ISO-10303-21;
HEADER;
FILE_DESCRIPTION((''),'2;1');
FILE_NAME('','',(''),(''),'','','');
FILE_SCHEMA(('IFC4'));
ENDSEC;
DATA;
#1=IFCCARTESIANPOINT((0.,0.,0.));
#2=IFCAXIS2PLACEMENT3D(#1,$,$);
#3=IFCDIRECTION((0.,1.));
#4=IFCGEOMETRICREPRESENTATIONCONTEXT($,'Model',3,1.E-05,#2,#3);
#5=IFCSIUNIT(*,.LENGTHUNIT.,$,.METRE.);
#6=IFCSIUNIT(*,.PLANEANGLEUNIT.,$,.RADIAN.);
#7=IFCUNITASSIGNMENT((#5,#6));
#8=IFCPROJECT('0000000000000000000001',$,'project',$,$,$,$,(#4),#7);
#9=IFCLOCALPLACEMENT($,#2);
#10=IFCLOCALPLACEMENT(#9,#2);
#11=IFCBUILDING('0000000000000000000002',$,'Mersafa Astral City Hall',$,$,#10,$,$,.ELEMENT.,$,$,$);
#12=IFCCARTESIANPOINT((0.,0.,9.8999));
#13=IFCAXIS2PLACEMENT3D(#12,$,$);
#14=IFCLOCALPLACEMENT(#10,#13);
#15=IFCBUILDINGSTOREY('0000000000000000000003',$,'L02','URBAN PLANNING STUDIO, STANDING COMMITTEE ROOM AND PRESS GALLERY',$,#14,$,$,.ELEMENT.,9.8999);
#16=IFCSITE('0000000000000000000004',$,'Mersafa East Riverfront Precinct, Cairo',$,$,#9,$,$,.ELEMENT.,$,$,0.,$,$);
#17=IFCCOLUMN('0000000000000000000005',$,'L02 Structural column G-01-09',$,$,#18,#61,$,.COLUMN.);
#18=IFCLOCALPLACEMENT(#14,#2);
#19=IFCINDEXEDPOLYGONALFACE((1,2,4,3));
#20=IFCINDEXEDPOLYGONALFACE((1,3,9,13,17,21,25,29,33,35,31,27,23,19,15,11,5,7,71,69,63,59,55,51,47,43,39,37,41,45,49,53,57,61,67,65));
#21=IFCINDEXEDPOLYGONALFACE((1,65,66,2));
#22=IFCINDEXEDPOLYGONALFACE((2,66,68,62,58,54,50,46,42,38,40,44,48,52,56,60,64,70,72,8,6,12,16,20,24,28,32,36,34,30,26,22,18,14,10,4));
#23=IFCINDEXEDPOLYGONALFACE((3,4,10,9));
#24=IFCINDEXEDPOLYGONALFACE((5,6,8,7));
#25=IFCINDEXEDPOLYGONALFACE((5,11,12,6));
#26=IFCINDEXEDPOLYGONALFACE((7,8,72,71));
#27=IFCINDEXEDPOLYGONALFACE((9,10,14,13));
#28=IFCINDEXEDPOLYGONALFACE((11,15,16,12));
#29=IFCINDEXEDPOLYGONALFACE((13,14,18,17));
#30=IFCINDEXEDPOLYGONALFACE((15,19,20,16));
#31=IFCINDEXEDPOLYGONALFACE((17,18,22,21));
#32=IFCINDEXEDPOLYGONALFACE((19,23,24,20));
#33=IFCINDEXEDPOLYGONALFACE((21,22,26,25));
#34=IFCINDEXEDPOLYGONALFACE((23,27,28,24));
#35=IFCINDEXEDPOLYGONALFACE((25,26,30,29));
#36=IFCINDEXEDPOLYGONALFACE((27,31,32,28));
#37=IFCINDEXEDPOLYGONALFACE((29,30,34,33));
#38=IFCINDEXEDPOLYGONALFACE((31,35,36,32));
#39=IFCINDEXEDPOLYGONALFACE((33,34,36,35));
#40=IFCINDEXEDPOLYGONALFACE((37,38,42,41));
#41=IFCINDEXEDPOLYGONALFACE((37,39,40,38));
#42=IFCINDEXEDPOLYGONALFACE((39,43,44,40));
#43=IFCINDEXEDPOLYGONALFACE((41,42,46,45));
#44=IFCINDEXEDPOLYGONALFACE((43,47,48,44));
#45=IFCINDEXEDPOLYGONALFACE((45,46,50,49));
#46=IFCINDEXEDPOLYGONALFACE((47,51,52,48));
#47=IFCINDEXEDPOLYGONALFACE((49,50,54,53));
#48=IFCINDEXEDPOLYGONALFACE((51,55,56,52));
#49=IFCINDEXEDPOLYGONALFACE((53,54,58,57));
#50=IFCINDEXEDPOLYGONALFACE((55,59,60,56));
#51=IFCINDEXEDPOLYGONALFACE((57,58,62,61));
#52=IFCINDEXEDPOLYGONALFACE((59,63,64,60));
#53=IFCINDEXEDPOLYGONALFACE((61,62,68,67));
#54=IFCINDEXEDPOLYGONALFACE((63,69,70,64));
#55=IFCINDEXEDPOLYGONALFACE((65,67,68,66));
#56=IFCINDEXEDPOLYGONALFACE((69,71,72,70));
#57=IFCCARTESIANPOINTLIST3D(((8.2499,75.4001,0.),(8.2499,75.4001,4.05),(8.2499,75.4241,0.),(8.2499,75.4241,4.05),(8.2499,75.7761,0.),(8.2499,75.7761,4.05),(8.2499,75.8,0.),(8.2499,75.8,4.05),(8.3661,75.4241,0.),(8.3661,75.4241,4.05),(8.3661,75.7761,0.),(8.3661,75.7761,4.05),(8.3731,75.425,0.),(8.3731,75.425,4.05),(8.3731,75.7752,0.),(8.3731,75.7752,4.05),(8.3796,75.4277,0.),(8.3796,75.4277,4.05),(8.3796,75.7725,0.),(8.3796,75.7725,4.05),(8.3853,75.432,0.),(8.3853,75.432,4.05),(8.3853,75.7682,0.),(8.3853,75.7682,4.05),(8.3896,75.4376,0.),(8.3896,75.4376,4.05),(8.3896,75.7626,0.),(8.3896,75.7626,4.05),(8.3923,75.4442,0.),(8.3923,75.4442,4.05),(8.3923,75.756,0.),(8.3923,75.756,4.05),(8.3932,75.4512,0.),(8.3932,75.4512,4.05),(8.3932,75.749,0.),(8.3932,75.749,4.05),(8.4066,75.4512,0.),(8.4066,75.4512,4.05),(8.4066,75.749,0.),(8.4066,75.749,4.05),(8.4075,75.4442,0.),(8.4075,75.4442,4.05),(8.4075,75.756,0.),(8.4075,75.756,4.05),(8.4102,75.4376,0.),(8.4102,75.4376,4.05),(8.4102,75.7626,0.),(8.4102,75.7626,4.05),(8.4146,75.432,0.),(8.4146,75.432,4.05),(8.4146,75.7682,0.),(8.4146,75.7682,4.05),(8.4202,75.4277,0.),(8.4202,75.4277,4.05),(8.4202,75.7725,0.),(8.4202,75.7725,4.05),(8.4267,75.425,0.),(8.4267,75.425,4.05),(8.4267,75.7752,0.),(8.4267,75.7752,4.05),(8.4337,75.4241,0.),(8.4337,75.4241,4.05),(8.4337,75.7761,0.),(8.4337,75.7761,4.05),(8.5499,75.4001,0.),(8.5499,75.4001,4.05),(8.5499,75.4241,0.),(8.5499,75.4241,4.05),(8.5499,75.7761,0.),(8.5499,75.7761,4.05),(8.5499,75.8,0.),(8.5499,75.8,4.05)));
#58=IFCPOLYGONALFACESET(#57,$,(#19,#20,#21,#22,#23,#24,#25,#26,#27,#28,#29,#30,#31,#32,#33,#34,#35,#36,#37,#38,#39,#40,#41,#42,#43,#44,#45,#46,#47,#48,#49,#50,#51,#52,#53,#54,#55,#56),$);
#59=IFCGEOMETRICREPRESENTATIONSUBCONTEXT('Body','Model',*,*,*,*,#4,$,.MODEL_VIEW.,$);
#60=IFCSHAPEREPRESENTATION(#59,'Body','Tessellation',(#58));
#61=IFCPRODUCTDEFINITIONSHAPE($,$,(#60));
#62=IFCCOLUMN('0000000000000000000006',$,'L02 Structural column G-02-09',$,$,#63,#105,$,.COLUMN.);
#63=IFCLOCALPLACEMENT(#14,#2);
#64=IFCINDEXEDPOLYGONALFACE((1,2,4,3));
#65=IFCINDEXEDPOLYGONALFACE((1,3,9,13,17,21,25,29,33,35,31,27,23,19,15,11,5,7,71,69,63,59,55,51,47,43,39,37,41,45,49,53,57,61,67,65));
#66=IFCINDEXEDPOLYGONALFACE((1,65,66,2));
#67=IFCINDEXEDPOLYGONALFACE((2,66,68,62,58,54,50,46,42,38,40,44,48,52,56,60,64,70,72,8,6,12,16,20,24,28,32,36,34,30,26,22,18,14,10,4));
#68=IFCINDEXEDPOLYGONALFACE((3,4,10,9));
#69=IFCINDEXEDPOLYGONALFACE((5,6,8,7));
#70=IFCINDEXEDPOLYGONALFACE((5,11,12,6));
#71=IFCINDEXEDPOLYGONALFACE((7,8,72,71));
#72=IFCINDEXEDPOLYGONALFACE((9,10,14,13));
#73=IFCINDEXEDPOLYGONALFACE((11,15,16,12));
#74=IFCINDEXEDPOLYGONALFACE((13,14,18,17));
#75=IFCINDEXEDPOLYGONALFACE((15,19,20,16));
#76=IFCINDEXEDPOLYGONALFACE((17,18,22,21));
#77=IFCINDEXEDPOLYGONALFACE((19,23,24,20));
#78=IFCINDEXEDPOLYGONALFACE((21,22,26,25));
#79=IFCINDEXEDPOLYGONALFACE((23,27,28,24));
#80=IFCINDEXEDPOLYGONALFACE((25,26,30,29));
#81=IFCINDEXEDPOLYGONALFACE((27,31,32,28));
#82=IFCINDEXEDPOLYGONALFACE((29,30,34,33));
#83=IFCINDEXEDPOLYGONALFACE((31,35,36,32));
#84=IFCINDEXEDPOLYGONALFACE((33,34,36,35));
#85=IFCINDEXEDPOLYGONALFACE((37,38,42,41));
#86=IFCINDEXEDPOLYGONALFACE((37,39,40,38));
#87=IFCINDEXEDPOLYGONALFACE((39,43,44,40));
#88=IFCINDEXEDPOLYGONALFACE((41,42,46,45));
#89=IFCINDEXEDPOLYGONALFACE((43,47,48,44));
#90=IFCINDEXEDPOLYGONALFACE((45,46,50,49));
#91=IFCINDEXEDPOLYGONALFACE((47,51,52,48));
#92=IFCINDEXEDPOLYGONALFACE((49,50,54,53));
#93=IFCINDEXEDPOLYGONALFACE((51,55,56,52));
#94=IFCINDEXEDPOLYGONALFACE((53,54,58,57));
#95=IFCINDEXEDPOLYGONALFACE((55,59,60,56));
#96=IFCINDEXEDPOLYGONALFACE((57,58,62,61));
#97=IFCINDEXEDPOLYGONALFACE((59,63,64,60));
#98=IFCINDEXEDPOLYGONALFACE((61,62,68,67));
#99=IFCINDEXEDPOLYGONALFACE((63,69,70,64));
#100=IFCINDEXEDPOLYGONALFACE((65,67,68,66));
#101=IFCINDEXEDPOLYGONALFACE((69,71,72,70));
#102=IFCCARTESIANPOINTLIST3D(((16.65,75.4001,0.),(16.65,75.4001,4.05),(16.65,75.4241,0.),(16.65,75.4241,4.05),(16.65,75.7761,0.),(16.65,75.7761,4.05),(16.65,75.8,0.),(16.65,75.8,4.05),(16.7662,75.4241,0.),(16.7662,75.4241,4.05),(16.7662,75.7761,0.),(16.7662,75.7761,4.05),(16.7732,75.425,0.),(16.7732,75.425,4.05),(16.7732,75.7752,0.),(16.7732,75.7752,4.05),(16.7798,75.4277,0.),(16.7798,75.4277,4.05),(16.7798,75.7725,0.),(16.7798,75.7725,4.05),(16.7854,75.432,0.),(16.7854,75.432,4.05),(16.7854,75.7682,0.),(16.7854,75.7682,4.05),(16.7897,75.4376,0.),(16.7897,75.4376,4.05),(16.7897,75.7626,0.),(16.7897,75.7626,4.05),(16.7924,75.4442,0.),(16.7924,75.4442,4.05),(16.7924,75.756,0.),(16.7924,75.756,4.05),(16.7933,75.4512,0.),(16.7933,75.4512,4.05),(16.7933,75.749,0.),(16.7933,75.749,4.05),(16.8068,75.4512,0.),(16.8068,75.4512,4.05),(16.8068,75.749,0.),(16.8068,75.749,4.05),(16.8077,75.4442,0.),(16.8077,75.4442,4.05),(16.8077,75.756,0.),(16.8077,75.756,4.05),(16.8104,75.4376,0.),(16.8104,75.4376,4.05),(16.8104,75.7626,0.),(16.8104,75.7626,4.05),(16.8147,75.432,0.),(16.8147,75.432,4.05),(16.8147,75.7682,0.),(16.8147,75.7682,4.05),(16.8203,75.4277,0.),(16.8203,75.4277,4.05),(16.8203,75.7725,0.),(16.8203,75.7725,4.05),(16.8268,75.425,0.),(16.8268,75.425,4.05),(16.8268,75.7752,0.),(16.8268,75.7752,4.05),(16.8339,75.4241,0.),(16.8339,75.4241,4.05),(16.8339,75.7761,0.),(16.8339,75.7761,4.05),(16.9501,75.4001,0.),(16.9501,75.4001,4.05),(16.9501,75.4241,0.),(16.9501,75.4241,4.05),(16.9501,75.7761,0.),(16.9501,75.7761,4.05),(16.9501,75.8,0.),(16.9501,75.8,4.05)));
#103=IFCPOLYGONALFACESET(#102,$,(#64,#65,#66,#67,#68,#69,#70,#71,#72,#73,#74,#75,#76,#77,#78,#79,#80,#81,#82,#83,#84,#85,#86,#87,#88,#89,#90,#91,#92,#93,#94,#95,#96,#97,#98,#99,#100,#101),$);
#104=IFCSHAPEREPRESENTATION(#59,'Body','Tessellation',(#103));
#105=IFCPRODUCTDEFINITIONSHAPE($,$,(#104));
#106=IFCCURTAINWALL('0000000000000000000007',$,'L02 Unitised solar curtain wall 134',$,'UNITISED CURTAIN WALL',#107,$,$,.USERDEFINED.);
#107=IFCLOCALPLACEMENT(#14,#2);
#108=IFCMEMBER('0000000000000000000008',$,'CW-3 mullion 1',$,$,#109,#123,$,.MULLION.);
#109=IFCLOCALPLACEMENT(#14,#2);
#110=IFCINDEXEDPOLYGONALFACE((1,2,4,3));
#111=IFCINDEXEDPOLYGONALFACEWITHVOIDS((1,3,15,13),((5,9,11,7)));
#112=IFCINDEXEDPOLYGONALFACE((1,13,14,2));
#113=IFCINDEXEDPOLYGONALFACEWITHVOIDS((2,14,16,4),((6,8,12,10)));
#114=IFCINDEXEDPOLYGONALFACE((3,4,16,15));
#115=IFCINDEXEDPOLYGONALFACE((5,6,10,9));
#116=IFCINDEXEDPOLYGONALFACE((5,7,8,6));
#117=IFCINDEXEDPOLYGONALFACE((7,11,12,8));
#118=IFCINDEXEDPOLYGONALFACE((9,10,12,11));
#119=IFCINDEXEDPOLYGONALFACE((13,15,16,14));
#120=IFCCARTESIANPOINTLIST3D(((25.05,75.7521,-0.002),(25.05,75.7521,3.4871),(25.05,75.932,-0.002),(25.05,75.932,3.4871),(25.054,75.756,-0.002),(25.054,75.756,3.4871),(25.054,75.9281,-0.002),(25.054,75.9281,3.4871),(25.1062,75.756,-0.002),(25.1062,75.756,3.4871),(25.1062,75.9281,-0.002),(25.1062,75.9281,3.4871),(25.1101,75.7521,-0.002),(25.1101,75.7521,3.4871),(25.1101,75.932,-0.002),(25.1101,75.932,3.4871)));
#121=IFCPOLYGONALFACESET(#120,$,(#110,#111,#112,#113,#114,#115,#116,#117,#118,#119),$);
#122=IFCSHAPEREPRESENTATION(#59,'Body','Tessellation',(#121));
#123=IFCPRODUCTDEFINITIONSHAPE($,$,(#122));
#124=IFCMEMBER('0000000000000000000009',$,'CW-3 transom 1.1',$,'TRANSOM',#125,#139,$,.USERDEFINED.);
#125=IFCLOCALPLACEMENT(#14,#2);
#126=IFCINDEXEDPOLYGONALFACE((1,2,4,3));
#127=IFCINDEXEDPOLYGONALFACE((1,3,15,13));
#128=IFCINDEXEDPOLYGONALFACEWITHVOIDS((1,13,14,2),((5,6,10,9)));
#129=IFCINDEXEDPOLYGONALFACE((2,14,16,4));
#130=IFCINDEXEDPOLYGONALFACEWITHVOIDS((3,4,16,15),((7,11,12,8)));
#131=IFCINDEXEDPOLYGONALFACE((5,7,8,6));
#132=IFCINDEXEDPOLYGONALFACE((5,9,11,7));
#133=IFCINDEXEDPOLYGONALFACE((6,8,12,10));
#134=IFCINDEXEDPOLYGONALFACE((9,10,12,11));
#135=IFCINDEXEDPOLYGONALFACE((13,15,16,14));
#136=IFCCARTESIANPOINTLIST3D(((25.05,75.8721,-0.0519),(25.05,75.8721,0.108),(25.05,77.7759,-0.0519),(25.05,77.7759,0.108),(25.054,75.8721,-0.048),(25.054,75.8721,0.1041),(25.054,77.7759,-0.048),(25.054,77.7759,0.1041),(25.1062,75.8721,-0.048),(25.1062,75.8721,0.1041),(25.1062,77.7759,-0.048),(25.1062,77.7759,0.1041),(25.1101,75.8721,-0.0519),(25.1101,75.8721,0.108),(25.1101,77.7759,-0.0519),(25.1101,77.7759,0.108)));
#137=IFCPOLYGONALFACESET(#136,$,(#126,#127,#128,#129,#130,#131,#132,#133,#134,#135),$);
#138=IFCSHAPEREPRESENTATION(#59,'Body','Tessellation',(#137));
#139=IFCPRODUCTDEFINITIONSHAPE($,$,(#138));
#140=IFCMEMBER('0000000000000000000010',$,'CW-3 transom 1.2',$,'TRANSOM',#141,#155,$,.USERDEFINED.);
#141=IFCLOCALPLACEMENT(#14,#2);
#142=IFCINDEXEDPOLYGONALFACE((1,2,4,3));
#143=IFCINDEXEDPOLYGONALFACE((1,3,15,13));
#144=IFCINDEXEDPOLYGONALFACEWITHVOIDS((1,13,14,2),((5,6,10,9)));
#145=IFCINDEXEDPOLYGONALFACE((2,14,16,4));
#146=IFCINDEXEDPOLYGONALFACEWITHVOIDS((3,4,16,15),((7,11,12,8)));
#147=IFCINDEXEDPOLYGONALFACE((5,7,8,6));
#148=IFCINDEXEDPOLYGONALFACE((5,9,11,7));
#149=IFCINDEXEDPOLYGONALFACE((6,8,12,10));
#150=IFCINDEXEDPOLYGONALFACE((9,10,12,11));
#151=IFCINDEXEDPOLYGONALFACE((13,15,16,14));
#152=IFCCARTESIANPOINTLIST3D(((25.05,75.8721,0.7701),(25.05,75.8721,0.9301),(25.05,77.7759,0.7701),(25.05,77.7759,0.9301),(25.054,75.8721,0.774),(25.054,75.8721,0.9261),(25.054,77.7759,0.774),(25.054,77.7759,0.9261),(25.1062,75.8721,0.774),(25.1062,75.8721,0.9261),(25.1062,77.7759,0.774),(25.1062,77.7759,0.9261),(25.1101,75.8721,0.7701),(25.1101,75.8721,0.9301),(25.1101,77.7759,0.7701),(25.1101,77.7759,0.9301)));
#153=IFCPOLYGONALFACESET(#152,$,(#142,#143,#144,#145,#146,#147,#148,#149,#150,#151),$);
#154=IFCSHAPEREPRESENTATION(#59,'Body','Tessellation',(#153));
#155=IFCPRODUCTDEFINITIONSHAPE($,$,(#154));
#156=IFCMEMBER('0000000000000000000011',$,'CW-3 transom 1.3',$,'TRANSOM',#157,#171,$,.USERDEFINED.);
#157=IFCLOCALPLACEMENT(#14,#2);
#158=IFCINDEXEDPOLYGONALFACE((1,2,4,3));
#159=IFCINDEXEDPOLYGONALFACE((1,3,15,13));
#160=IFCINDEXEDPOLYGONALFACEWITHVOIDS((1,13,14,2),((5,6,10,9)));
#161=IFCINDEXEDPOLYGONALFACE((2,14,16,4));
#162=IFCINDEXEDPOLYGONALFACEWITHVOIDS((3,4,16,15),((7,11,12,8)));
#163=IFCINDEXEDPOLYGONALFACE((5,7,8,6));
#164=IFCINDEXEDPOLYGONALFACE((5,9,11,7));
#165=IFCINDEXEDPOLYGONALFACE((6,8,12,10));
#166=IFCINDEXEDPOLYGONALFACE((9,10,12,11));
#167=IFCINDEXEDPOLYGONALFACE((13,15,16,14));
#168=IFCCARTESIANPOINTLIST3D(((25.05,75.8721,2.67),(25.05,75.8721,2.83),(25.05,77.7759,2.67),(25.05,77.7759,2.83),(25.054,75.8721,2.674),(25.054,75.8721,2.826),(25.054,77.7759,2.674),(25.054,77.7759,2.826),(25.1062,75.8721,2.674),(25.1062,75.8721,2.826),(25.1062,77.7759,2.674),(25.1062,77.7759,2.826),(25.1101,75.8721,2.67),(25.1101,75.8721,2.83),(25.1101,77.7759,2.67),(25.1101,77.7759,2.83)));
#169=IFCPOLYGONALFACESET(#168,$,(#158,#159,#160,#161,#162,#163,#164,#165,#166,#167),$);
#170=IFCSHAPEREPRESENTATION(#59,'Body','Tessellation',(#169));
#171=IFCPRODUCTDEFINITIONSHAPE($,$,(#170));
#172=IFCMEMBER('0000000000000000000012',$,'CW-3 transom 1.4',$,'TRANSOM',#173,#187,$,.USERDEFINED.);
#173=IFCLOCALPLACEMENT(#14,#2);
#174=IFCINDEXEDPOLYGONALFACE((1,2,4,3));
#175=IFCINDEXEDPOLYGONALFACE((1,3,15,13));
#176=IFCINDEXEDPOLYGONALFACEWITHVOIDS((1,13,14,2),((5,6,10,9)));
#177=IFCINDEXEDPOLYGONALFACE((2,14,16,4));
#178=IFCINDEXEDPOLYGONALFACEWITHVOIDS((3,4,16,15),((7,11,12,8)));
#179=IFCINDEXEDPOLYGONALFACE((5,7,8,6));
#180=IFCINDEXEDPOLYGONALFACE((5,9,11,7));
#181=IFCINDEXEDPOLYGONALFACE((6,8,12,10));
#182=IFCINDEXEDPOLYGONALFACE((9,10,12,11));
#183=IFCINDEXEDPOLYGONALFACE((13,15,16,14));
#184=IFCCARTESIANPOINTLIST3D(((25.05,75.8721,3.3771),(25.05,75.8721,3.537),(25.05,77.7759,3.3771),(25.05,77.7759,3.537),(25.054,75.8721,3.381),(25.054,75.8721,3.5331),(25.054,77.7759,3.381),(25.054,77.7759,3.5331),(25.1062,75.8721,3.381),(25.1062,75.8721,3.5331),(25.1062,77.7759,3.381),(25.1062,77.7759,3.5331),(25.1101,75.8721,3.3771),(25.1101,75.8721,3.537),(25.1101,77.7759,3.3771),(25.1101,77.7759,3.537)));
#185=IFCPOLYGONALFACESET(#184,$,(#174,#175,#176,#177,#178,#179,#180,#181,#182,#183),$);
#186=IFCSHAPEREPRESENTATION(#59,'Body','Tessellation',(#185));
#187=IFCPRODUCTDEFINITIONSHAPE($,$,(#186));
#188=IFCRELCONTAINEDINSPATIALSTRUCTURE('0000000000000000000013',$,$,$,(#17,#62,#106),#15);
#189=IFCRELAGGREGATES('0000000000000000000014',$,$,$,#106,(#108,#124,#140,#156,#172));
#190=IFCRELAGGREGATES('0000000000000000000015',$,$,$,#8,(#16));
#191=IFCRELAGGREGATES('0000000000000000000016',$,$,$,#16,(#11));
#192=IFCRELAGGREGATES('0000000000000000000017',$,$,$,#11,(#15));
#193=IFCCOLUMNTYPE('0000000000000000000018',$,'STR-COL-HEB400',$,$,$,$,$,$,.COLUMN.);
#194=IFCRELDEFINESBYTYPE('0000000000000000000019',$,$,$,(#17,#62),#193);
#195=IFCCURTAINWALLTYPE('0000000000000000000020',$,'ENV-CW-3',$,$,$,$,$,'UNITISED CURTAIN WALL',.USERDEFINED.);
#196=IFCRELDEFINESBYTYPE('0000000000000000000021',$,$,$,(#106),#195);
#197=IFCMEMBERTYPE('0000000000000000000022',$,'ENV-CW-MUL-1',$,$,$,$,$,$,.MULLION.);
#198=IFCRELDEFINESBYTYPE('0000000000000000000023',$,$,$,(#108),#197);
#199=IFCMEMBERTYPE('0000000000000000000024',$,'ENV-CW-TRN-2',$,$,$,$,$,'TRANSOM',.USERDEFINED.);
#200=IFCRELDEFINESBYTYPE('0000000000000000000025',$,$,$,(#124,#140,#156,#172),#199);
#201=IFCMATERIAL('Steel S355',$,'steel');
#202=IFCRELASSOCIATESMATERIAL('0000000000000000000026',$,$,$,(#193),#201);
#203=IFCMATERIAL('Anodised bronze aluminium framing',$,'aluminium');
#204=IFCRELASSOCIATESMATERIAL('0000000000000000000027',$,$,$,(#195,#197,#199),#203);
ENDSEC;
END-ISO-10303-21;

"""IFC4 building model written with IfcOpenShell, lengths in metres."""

from ifc_helpers import new_model, si_unit, direction, frame, origin, origin_2d, place, context, subcontext, project, spatial, hollow_rectangle, i_section, extrude, material, material_profile, profile_set, type_object, element, aggregate, save


model = new_model("IFC4")

# Units and contexts
model_context = context("Model", 3, precision=1e-05, world=origin(), true_north=direction((0.0, 1.0)))
body_context = subcontext(model_context, "Body", "Model", "MODEL_VIEW")
ifc_project = project(units=[si_unit("LENGTHUNIT", "METRE"), si_unit("PLANEANGLEUNIT", "RADIAN")], contexts=[model_context])

# Site, building, storey
site_placement = place(None, origin())
site = spatial("IfcSite", under=ifc_project, at=site_placement, Name="Mersafa East Riverfront Precinct, Cairo", CompositionType="ELEMENT", RefElevation=0.0)
building_placement = place(site_placement, origin())
building = spatial("IfcBuilding", under=site, at=building_placement, Name="Mersafa Astral City Hall", CompositionType="ELEMENT")
storey_placement = place(building_placement, frame((0.0, 0.0, 9.8999)))
storey = spatial("IfcBuildingStorey", under=building, at=storey_placement, Name="L02", Description="URBAN PLANNING STUDIO, STANDING COMMITTEE ROOM AND PRESS GALLERY", CompositionType="ELEMENT", Elevation=9.8999)

# Columns
ifc_material_1 = material(Name="Steel S355", Category="steel")
ifc_material_profile_1 = material_profile(ifc_material_1, i_section(OverallWidth=0.3, OverallDepth=0.3999, WebThickness=0.0134, FlangeThickness=0.0239, FilletRadius=0.0271, at=origin_2d()), Name="HEB 400")
ifc_profile_set_1 = profile_set([ifc_material_profile_1], Name="Steel S355")
column_type = type_object("IfcColumnType", Name="STR-COL-HEB400", PredefinedType="COLUMN", material=ifc_profile_set_1)
for number, where, z_axis, x_axis, name in (
    (1, (8.3999, 75.6001, 0.0), (0.0, 0.0, 1.0), (1.0, 0.0, 0.0), "L02 Structural column G-01-09"),
    (2, (16.8, 75.6001, 0.0), (0.0, 0.0, 1.0), (1.0, 0.0, 0.0), "L02 Structural column G-02-09"),
):
    element("IfcColumn", number, at=place(storey_placement, frame(where, z_axis=z_axis, x_axis=x_axis)), inside=storey, type_object=column_type, Name=name, PredefinedType="COLUMN", context=body_context, shape_type="SweptSolid", body=[
        extrude(i_section(OverallWidth=0.3, OverallDepth=0.3999, WebThickness=0.0134, FlangeThickness=0.0239, FilletRadius=0.0271, at=origin_2d()), origin(), (0.0, 0.0, 1.0), 4.05),
    ])

# Curtain wall, members
ifc_material_2 = material(Name="Anodised bronze aluminium framing", Category="aluminium")
curtain_wall_type = type_object("IfcCurtainWallType", Name="ENV-CW-3", ElementType="UNITISED CURTAIN WALL", PredefinedType="USERDEFINED", material=ifc_material_2)
curtain_wall_placement = place(storey_placement, origin())
curtain_wall = element("IfcCurtainWall", 3, at=curtain_wall_placement, inside=storey, type_object=curtain_wall_type, Name="L02 Unitised solar curtain wall 134", ObjectType="UNITISED CURTAIN WALL", PredefinedType="USERDEFINED")
ifc_material_profile_2 = material_profile(ifc_material_2, hollow_rectangle(XDim=0.0601, YDim=0.1799, WallThickness=0.0039, at=origin_2d()), Name="RHS 60x180x4")
ifc_profile_set_2 = profile_set([ifc_material_profile_2], Name="Anodised bronze aluminium framing")
member_type_1 = type_object("IfcMemberType", Name="ENV-CW-MUL-1", PredefinedType="MULLION", material=ifc_profile_set_2)
member_1_placement = place(storey_placement, frame((25.0801, 75.842, -0.002), z_axis=(0.0, 0.0, 1.0), x_axis=(-1.0, 0.0, 0.0)))
member_1 = element("IfcMember", 4, at=member_1_placement, type_object=member_type_1, Name="CW-3 mullion 1", PredefinedType="MULLION", context=body_context, shape_type="SweptSolid", body=[
    extrude(hollow_rectangle(XDim=0.0601, YDim=0.1799, WallThickness=0.0039, at=origin_2d()), origin(), (0.0, 0.0, 1.0), 3.489),
])
ifc_material_profile_3 = material_profile(ifc_material_2, hollow_rectangle(XDim=0.0601, YDim=0.1599, WallThickness=0.0039, at=origin_2d()), Name="RHS 60x160x4")
ifc_profile_set_3 = profile_set([ifc_material_profile_3], Name="Anodised bronze aluminium framing")
member_type_2 = type_object("IfcMemberType", Name="ENV-CW-TRN-2", ElementType="TRANSOM", PredefinedType="USERDEFINED", material=ifc_profile_set_3)
member_2_placement = place(storey_placement, frame((25.0801, 75.8721, 0.0281), z_axis=(0.0, 1.0, 0.0), x_axis=(-1.0, 0.0, 0.0)))
member_2 = element("IfcMember", 5, at=member_2_placement, type_object=member_type_2, Name="CW-3 transom 1.1", ObjectType="TRANSOM", PredefinedType="USERDEFINED", context=body_context, shape_type="SweptSolid", body=[
    extrude(hollow_rectangle(XDim=0.0601, YDim=0.1599, WallThickness=0.0039, at=origin_2d()), origin(), (0.0, 0.0, 1.0), 1.9038),
])
member_3_placement = place(storey_placement, frame((25.0801, 75.8721, 0.8501), z_axis=(0.0, 1.0, 0.0), x_axis=(-1.0, 0.0, 0.0)))
member_3 = element("IfcMember", 6, at=member_3_placement, type_object=member_type_2, Name="CW-3 transom 1.2", ObjectType="TRANSOM", PredefinedType="USERDEFINED", context=body_context, shape_type="SweptSolid", body=[
    extrude(hollow_rectangle(XDim=0.0601, YDim=0.1599, WallThickness=0.0039, at=origin_2d()), origin(), (0.0, 0.0, 1.0), 1.9038),
])
member_4_placement = place(storey_placement, frame((25.0801, 75.8721, 2.75), z_axis=(0.0, 1.0, 0.0), x_axis=(-1.0, 0.0, 0.0)))
member_4 = element("IfcMember", 7, at=member_4_placement, type_object=member_type_2, Name="CW-3 transom 1.3", ObjectType="TRANSOM", PredefinedType="USERDEFINED", context=body_context, shape_type="SweptSolid", body=[
    extrude(hollow_rectangle(XDim=0.0601, YDim=0.1599, WallThickness=0.0039, at=origin_2d()), origin(), (0.0, 0.0, 1.0), 1.9038),
])
member_5_placement = place(storey_placement, frame((25.0801, 75.8721, 3.457), z_axis=(0.0, 1.0, 0.0), x_axis=(-1.0, 0.0, 0.0)))
member_5 = element("IfcMember", 8, at=member_5_placement, type_object=member_type_2, Name="CW-3 transom 1.4", ObjectType="TRANSOM", PredefinedType="USERDEFINED", context=body_context, shape_type="SweptSolid", body=[
    extrude(hollow_rectangle(XDim=0.0601, YDim=0.1599, WallThickness=0.0039, at=origin_2d()), origin(), (0.0, 0.0, 1.0), 1.9038),
])
aggregate(curtain_wall, [member_1, member_2, member_3, member_4, member_5])

save(model, "model.ifc")
